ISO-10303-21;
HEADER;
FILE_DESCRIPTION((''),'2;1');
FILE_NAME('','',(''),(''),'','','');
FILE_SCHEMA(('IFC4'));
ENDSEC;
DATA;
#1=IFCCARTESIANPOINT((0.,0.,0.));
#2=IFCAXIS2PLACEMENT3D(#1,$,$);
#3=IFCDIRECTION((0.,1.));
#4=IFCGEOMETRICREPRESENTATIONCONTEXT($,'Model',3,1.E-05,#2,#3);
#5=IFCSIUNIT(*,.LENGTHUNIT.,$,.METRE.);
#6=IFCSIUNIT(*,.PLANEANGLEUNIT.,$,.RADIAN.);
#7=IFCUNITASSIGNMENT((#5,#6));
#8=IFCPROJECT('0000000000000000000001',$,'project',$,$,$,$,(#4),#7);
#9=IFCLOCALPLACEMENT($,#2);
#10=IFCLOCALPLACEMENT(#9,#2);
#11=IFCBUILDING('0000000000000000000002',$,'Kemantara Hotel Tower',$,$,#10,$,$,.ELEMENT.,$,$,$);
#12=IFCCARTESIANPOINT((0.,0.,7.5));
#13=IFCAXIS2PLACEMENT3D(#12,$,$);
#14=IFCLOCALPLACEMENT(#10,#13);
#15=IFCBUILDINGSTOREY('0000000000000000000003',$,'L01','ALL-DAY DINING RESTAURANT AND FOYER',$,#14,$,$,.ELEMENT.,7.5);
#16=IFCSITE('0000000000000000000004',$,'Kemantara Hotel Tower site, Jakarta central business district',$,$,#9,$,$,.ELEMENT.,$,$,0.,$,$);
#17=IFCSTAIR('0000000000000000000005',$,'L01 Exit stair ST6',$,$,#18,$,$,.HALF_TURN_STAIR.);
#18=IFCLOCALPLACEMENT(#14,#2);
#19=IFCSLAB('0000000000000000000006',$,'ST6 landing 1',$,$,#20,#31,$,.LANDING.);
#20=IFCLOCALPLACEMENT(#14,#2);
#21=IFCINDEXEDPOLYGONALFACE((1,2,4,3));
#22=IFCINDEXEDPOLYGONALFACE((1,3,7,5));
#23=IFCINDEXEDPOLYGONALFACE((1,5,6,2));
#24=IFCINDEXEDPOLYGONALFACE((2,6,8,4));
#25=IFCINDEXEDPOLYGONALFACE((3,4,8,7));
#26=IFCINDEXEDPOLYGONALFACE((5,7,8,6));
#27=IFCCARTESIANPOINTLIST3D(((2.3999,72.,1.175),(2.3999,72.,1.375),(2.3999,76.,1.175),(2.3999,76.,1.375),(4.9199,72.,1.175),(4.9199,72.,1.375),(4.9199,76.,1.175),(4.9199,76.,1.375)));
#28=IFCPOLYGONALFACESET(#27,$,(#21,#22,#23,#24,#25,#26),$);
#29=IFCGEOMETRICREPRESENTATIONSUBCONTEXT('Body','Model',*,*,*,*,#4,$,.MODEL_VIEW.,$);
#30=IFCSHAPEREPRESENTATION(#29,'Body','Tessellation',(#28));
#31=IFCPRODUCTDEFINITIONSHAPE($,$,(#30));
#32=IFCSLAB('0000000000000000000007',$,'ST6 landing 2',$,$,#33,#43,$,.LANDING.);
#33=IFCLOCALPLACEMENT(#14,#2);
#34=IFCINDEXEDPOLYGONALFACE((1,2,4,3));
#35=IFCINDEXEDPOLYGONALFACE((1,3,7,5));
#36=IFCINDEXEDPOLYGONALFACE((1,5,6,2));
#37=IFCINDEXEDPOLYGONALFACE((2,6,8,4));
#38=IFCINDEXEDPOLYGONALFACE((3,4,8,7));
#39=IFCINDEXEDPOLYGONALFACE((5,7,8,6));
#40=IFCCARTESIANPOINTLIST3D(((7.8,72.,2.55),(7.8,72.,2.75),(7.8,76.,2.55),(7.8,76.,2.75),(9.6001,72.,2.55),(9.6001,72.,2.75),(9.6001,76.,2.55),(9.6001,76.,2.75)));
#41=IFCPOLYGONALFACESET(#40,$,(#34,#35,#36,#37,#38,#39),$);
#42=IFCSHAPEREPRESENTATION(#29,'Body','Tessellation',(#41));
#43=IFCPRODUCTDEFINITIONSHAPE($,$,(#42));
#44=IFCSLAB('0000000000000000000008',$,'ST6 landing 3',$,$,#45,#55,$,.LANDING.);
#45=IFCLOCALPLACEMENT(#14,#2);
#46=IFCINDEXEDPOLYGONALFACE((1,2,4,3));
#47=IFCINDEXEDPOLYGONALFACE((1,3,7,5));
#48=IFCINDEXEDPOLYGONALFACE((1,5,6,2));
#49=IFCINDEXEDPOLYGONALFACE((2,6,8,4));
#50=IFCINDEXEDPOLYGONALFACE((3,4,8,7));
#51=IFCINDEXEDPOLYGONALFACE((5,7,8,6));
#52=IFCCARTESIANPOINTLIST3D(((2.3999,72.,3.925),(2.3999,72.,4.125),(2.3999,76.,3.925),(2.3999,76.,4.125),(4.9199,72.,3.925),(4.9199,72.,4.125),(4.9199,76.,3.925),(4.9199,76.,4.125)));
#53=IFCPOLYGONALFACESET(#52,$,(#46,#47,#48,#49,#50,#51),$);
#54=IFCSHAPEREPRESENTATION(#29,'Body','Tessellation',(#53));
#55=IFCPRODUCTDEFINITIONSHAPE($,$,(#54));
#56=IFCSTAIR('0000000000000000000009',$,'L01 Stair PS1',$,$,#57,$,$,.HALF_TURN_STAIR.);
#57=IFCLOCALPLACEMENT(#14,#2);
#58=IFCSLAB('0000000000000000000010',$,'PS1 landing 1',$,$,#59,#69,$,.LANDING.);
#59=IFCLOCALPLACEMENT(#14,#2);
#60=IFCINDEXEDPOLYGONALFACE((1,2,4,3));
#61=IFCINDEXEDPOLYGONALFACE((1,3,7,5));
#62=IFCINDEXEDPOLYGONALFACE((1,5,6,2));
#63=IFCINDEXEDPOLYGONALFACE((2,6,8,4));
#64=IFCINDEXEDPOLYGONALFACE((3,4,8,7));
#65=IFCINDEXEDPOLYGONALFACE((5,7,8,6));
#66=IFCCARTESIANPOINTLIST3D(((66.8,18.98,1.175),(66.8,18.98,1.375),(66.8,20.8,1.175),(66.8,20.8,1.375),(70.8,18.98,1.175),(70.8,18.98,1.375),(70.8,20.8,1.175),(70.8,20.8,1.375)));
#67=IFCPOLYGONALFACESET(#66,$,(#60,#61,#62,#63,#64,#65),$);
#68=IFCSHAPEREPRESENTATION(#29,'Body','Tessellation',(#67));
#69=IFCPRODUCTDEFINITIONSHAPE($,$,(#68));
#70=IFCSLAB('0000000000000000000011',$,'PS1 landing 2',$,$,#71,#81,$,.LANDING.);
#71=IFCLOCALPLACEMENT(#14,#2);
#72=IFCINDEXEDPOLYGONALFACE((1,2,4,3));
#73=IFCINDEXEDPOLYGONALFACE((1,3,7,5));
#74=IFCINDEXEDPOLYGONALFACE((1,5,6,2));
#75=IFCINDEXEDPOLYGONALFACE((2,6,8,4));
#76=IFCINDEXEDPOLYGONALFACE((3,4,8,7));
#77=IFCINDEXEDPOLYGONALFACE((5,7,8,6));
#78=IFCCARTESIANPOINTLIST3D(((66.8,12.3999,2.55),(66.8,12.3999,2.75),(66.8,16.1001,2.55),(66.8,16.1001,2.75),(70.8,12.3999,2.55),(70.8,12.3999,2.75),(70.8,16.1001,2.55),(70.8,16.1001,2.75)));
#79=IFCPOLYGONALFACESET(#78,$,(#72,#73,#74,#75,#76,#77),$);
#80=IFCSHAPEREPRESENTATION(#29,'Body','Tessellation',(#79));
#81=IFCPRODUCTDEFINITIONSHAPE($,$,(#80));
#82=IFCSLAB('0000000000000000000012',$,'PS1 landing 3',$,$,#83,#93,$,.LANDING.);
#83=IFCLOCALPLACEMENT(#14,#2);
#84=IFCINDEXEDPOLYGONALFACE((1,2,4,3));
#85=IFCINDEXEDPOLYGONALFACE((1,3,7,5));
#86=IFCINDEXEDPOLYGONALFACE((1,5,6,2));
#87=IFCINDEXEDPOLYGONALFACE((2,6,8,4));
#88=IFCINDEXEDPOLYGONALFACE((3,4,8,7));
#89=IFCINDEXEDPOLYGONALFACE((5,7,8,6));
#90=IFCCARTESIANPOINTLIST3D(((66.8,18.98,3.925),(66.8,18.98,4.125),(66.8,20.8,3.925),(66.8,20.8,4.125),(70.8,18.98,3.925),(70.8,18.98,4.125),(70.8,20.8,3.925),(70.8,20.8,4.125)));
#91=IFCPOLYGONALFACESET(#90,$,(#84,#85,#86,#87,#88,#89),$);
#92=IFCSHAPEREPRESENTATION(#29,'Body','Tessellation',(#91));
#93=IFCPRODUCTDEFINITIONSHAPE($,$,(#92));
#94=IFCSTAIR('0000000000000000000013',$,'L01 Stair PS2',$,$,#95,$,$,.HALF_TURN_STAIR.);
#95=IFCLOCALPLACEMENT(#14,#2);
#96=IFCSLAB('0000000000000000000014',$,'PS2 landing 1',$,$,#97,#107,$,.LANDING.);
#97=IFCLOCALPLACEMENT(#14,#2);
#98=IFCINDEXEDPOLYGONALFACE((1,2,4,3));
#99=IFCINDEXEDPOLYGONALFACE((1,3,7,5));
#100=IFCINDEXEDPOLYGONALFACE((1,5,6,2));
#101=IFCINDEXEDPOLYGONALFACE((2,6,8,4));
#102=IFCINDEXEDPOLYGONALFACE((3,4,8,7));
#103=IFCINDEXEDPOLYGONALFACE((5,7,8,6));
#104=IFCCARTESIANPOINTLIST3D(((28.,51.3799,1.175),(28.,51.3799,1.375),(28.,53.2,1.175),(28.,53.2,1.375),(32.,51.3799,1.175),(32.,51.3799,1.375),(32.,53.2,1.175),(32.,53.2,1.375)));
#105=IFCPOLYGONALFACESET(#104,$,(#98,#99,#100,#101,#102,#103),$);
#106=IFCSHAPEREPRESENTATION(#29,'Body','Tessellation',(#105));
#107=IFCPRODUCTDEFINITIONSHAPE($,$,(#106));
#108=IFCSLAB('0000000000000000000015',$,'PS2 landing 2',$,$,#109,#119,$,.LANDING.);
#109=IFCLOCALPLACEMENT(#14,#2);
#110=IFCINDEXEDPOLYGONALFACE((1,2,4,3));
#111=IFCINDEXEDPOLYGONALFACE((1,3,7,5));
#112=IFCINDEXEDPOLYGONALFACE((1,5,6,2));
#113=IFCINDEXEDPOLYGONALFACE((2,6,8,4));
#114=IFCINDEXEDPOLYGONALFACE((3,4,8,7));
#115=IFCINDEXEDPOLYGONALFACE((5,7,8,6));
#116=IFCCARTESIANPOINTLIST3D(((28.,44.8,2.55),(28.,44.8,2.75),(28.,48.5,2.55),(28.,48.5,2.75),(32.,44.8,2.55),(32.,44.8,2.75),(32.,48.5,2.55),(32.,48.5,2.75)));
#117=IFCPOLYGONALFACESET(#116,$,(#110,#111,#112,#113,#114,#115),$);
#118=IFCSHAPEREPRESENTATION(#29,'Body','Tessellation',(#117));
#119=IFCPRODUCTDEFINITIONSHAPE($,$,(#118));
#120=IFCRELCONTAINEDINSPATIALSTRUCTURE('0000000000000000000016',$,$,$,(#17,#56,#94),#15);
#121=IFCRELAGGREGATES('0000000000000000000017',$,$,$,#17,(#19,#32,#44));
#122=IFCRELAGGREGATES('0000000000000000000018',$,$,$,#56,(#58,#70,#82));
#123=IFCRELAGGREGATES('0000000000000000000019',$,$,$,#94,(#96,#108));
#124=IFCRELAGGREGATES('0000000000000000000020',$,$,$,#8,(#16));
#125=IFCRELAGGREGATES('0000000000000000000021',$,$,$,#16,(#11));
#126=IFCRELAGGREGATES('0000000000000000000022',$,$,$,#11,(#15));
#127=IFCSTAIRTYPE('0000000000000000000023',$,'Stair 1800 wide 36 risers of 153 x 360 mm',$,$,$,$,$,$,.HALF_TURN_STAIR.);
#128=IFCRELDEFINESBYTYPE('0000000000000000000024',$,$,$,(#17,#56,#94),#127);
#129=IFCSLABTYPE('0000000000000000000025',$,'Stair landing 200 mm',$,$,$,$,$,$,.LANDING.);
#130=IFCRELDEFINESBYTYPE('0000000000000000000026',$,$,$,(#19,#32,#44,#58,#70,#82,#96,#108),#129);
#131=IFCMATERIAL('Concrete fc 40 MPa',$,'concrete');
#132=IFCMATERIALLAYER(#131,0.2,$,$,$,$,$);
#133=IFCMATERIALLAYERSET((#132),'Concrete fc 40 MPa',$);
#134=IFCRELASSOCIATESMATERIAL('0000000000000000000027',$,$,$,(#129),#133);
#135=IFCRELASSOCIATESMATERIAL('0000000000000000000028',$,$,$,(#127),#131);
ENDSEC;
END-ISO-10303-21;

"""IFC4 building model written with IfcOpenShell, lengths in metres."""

from ifc_helpers import new_model, si_unit, direction, frame, origin, place, context, subcontext, project, spatial, polyline, outline, extrude, material, layer, layer_set, type_object, element, aggregate, save


model = new_model("IFC4")

# Units and contexts
model_context = context("Model", 3, precision=1e-05, world=origin(), true_north=direction((0.0, 1.0)))
body_context = subcontext(model_context, "Body", "Model", "MODEL_VIEW")
ifc_project = project(units=[si_unit("LENGTHUNIT", "METRE"), si_unit("PLANEANGLEUNIT", "RADIAN")], contexts=[model_context])

# Site, building, storey
site_placement = place(None, origin())
site = spatial("IfcSite", under=ifc_project, at=site_placement, Name="Kemantara Hotel Tower site, Jakarta central business district", CompositionType="ELEMENT", RefElevation=0.0)
building_placement = place(site_placement, origin())
building = spatial("IfcBuilding", under=site, at=building_placement, Name="Kemantara Hotel Tower", CompositionType="ELEMENT")
storey_placement = place(building_placement, frame((0.0, 0.0, 7.5)))
storey = spatial("IfcBuildingStorey", under=building, at=storey_placement, Name="L01", Description="ALL-DAY DINING RESTAURANT AND FOYER", CompositionType="ELEMENT", Elevation=7.5)

# Shared definitions
ifc_material_1 = material(Name="Concrete fc 40 MPa", Category="concrete")

# Stairs, slabs
ifc_layer_1 = layer(ifc_material_1, 0.2)
ifc_layer_set_1 = layer_set([ifc_layer_1], Name="Concrete fc 40 MPa")
slab_type_1 = type_object("IfcSlabType", Name="Stair landing 200 mm", PredefinedType="LANDING", material=ifc_layer_set_1)
stair_type_1 = type_object("IfcStairType", Name="Stair 1800 wide 36 risers of 153 x 360 mm", PredefinedType="HALF_TURN_STAIR", material=ifc_material_1)
stair_1_placement = place(storey_placement, origin())
stair_1 = element("IfcStair", 1, at=stair_1_placement, inside=storey, type_object=stair_type_1, Name="L01 Exit stair ST6", PredefinedType="HALF_TURN_STAIR")
slab_1_placement = place(storey_placement, frame((0.0, 0.0, 1.175)))
slab_1 = element("IfcSlab", 2, at=slab_1_placement, type_object=slab_type_1, Name="ST6 landing 1", PredefinedType="LANDING", context=body_context, shape_type="SweptSolid", body=[
    extrude(outline(polyline([(4.9199, 76.0), (2.3999, 76.0), (2.3999, 72.0), (4.9199, 72.0), (4.9199, 76.0)])), origin(), (0.0, 0.0, 1.0), 0.2),
])
slab_2_placement = place(storey_placement, frame((0.0, 0.0, 2.55)))
slab_2 = element("IfcSlab", 3, at=slab_2_placement, type_object=slab_type_1, Name="ST6 landing 2", PredefinedType="LANDING", context=body_context, shape_type="SweptSolid", body=[
    extrude(outline(polyline([(9.6001, 76.0), (7.8, 76.0), (7.8, 72.0), (9.6001, 72.0), (9.6001, 76.0)])), origin(), (0.0, 0.0, 1.0), 0.2),
])
slab_3_placement = place(storey_placement, frame((0.0, 0.0, 3.925)))
slab_3 = element("IfcSlab", 4, at=slab_3_placement, type_object=slab_type_1, Name="ST6 landing 3", PredefinedType="LANDING", context=body_context, shape_type="SweptSolid", body=[
    extrude(outline(polyline([(4.9199, 76.0), (2.3999, 76.0), (2.3999, 72.0), (4.9199, 72.0), (4.9199, 76.0)])), origin(), (0.0, 0.0, 1.0), 0.2),
])
aggregate(stair_1, [slab_1, slab_2, slab_3])
stair_2_placement = place(storey_placement, origin())
stair_2 = element("IfcStair", 5, at=stair_2_placement, inside=storey, type_object=stair_type_1, Name="L01 Stair PS1", PredefinedType="HALF_TURN_STAIR")
slab_4_placement = place(storey_placement, frame((0.0, 0.0, 1.175)))
slab_4 = element("IfcSlab", 6, at=slab_4_placement, type_object=slab_type_1, Name="PS1 landing 1", PredefinedType="LANDING", context=body_context, shape_type="SweptSolid", body=[
    extrude(outline(polyline([(70.8, 18.98), (70.8, 20.8), (66.8, 20.8), (66.8, 18.98), (70.8, 18.98)])), origin(), (0.0, 0.0, 1.0), 0.2),
])
slab_5_placement = place(storey_placement, frame((0.0, 0.0, 2.55)))
slab_5 = element("IfcSlab", 7, at=slab_5_placement, type_object=slab_type_1, Name="PS1 landing 2", PredefinedType="LANDING", context=body_context, shape_type="SweptSolid", body=[
    extrude(outline(polyline([(70.8, 12.3999), (70.8, 16.1001), (66.8, 16.1001), (66.8, 12.3999), (70.8, 12.3999)])), origin(), (0.0, 0.0, 1.0), 0.2),
])
slab_6_placement = place(storey_placement, frame((0.0, 0.0, 3.925)))
slab_6 = element("IfcSlab", 8, at=slab_6_placement, type_object=slab_type_1, Name="PS1 landing 3", PredefinedType="LANDING", context=body_context, shape_type="SweptSolid", body=[
    extrude(outline(polyline([(70.8, 18.98), (70.8, 20.8), (66.8, 20.8), (66.8, 18.98), (70.8, 18.98)])), origin(), (0.0, 0.0, 1.0), 0.2),
])
aggregate(stair_2, [slab_4, slab_5, slab_6])
stair_3_placement = place(storey_placement, origin())
stair_3 = element("IfcStair", 9, at=stair_3_placement, inside=storey, type_object=stair_type_1, Name="L01 Stair PS2", PredefinedType="HALF_TURN_STAIR")
slab_7_placement = place(storey_placement, frame((0.0, 0.0, 1.175)))
slab_7 = element("IfcSlab", 10, at=slab_7_placement, type_object=slab_type_1, Name="PS2 landing 1", PredefinedType="LANDING", context=body_context, shape_type="SweptSolid", body=[
    extrude(outline(polyline([(32.0, 51.3799), (32.0, 53.2), (28.0, 53.2), (28.0, 51.3799), (32.0, 51.3799)])), origin(), (0.0, 0.0, 1.0), 0.2),
])
slab_8_placement = place(storey_placement, frame((0.0, 0.0, 2.55)))
slab_8 = element("IfcSlab", 11, at=slab_8_placement, type_object=slab_type_1, Name="PS2 landing 2", PredefinedType="LANDING", context=body_context, shape_type="SweptSolid", body=[
    extrude(outline(polyline([(32.0, 44.8), (32.0, 48.5), (28.0, 48.5), (28.0, 44.8), (32.0, 44.8)])), origin(), (0.0, 0.0, 1.0), 0.2),
])
aggregate(stair_3, [slab_7, slab_8])

save(model, "model.ifc")
